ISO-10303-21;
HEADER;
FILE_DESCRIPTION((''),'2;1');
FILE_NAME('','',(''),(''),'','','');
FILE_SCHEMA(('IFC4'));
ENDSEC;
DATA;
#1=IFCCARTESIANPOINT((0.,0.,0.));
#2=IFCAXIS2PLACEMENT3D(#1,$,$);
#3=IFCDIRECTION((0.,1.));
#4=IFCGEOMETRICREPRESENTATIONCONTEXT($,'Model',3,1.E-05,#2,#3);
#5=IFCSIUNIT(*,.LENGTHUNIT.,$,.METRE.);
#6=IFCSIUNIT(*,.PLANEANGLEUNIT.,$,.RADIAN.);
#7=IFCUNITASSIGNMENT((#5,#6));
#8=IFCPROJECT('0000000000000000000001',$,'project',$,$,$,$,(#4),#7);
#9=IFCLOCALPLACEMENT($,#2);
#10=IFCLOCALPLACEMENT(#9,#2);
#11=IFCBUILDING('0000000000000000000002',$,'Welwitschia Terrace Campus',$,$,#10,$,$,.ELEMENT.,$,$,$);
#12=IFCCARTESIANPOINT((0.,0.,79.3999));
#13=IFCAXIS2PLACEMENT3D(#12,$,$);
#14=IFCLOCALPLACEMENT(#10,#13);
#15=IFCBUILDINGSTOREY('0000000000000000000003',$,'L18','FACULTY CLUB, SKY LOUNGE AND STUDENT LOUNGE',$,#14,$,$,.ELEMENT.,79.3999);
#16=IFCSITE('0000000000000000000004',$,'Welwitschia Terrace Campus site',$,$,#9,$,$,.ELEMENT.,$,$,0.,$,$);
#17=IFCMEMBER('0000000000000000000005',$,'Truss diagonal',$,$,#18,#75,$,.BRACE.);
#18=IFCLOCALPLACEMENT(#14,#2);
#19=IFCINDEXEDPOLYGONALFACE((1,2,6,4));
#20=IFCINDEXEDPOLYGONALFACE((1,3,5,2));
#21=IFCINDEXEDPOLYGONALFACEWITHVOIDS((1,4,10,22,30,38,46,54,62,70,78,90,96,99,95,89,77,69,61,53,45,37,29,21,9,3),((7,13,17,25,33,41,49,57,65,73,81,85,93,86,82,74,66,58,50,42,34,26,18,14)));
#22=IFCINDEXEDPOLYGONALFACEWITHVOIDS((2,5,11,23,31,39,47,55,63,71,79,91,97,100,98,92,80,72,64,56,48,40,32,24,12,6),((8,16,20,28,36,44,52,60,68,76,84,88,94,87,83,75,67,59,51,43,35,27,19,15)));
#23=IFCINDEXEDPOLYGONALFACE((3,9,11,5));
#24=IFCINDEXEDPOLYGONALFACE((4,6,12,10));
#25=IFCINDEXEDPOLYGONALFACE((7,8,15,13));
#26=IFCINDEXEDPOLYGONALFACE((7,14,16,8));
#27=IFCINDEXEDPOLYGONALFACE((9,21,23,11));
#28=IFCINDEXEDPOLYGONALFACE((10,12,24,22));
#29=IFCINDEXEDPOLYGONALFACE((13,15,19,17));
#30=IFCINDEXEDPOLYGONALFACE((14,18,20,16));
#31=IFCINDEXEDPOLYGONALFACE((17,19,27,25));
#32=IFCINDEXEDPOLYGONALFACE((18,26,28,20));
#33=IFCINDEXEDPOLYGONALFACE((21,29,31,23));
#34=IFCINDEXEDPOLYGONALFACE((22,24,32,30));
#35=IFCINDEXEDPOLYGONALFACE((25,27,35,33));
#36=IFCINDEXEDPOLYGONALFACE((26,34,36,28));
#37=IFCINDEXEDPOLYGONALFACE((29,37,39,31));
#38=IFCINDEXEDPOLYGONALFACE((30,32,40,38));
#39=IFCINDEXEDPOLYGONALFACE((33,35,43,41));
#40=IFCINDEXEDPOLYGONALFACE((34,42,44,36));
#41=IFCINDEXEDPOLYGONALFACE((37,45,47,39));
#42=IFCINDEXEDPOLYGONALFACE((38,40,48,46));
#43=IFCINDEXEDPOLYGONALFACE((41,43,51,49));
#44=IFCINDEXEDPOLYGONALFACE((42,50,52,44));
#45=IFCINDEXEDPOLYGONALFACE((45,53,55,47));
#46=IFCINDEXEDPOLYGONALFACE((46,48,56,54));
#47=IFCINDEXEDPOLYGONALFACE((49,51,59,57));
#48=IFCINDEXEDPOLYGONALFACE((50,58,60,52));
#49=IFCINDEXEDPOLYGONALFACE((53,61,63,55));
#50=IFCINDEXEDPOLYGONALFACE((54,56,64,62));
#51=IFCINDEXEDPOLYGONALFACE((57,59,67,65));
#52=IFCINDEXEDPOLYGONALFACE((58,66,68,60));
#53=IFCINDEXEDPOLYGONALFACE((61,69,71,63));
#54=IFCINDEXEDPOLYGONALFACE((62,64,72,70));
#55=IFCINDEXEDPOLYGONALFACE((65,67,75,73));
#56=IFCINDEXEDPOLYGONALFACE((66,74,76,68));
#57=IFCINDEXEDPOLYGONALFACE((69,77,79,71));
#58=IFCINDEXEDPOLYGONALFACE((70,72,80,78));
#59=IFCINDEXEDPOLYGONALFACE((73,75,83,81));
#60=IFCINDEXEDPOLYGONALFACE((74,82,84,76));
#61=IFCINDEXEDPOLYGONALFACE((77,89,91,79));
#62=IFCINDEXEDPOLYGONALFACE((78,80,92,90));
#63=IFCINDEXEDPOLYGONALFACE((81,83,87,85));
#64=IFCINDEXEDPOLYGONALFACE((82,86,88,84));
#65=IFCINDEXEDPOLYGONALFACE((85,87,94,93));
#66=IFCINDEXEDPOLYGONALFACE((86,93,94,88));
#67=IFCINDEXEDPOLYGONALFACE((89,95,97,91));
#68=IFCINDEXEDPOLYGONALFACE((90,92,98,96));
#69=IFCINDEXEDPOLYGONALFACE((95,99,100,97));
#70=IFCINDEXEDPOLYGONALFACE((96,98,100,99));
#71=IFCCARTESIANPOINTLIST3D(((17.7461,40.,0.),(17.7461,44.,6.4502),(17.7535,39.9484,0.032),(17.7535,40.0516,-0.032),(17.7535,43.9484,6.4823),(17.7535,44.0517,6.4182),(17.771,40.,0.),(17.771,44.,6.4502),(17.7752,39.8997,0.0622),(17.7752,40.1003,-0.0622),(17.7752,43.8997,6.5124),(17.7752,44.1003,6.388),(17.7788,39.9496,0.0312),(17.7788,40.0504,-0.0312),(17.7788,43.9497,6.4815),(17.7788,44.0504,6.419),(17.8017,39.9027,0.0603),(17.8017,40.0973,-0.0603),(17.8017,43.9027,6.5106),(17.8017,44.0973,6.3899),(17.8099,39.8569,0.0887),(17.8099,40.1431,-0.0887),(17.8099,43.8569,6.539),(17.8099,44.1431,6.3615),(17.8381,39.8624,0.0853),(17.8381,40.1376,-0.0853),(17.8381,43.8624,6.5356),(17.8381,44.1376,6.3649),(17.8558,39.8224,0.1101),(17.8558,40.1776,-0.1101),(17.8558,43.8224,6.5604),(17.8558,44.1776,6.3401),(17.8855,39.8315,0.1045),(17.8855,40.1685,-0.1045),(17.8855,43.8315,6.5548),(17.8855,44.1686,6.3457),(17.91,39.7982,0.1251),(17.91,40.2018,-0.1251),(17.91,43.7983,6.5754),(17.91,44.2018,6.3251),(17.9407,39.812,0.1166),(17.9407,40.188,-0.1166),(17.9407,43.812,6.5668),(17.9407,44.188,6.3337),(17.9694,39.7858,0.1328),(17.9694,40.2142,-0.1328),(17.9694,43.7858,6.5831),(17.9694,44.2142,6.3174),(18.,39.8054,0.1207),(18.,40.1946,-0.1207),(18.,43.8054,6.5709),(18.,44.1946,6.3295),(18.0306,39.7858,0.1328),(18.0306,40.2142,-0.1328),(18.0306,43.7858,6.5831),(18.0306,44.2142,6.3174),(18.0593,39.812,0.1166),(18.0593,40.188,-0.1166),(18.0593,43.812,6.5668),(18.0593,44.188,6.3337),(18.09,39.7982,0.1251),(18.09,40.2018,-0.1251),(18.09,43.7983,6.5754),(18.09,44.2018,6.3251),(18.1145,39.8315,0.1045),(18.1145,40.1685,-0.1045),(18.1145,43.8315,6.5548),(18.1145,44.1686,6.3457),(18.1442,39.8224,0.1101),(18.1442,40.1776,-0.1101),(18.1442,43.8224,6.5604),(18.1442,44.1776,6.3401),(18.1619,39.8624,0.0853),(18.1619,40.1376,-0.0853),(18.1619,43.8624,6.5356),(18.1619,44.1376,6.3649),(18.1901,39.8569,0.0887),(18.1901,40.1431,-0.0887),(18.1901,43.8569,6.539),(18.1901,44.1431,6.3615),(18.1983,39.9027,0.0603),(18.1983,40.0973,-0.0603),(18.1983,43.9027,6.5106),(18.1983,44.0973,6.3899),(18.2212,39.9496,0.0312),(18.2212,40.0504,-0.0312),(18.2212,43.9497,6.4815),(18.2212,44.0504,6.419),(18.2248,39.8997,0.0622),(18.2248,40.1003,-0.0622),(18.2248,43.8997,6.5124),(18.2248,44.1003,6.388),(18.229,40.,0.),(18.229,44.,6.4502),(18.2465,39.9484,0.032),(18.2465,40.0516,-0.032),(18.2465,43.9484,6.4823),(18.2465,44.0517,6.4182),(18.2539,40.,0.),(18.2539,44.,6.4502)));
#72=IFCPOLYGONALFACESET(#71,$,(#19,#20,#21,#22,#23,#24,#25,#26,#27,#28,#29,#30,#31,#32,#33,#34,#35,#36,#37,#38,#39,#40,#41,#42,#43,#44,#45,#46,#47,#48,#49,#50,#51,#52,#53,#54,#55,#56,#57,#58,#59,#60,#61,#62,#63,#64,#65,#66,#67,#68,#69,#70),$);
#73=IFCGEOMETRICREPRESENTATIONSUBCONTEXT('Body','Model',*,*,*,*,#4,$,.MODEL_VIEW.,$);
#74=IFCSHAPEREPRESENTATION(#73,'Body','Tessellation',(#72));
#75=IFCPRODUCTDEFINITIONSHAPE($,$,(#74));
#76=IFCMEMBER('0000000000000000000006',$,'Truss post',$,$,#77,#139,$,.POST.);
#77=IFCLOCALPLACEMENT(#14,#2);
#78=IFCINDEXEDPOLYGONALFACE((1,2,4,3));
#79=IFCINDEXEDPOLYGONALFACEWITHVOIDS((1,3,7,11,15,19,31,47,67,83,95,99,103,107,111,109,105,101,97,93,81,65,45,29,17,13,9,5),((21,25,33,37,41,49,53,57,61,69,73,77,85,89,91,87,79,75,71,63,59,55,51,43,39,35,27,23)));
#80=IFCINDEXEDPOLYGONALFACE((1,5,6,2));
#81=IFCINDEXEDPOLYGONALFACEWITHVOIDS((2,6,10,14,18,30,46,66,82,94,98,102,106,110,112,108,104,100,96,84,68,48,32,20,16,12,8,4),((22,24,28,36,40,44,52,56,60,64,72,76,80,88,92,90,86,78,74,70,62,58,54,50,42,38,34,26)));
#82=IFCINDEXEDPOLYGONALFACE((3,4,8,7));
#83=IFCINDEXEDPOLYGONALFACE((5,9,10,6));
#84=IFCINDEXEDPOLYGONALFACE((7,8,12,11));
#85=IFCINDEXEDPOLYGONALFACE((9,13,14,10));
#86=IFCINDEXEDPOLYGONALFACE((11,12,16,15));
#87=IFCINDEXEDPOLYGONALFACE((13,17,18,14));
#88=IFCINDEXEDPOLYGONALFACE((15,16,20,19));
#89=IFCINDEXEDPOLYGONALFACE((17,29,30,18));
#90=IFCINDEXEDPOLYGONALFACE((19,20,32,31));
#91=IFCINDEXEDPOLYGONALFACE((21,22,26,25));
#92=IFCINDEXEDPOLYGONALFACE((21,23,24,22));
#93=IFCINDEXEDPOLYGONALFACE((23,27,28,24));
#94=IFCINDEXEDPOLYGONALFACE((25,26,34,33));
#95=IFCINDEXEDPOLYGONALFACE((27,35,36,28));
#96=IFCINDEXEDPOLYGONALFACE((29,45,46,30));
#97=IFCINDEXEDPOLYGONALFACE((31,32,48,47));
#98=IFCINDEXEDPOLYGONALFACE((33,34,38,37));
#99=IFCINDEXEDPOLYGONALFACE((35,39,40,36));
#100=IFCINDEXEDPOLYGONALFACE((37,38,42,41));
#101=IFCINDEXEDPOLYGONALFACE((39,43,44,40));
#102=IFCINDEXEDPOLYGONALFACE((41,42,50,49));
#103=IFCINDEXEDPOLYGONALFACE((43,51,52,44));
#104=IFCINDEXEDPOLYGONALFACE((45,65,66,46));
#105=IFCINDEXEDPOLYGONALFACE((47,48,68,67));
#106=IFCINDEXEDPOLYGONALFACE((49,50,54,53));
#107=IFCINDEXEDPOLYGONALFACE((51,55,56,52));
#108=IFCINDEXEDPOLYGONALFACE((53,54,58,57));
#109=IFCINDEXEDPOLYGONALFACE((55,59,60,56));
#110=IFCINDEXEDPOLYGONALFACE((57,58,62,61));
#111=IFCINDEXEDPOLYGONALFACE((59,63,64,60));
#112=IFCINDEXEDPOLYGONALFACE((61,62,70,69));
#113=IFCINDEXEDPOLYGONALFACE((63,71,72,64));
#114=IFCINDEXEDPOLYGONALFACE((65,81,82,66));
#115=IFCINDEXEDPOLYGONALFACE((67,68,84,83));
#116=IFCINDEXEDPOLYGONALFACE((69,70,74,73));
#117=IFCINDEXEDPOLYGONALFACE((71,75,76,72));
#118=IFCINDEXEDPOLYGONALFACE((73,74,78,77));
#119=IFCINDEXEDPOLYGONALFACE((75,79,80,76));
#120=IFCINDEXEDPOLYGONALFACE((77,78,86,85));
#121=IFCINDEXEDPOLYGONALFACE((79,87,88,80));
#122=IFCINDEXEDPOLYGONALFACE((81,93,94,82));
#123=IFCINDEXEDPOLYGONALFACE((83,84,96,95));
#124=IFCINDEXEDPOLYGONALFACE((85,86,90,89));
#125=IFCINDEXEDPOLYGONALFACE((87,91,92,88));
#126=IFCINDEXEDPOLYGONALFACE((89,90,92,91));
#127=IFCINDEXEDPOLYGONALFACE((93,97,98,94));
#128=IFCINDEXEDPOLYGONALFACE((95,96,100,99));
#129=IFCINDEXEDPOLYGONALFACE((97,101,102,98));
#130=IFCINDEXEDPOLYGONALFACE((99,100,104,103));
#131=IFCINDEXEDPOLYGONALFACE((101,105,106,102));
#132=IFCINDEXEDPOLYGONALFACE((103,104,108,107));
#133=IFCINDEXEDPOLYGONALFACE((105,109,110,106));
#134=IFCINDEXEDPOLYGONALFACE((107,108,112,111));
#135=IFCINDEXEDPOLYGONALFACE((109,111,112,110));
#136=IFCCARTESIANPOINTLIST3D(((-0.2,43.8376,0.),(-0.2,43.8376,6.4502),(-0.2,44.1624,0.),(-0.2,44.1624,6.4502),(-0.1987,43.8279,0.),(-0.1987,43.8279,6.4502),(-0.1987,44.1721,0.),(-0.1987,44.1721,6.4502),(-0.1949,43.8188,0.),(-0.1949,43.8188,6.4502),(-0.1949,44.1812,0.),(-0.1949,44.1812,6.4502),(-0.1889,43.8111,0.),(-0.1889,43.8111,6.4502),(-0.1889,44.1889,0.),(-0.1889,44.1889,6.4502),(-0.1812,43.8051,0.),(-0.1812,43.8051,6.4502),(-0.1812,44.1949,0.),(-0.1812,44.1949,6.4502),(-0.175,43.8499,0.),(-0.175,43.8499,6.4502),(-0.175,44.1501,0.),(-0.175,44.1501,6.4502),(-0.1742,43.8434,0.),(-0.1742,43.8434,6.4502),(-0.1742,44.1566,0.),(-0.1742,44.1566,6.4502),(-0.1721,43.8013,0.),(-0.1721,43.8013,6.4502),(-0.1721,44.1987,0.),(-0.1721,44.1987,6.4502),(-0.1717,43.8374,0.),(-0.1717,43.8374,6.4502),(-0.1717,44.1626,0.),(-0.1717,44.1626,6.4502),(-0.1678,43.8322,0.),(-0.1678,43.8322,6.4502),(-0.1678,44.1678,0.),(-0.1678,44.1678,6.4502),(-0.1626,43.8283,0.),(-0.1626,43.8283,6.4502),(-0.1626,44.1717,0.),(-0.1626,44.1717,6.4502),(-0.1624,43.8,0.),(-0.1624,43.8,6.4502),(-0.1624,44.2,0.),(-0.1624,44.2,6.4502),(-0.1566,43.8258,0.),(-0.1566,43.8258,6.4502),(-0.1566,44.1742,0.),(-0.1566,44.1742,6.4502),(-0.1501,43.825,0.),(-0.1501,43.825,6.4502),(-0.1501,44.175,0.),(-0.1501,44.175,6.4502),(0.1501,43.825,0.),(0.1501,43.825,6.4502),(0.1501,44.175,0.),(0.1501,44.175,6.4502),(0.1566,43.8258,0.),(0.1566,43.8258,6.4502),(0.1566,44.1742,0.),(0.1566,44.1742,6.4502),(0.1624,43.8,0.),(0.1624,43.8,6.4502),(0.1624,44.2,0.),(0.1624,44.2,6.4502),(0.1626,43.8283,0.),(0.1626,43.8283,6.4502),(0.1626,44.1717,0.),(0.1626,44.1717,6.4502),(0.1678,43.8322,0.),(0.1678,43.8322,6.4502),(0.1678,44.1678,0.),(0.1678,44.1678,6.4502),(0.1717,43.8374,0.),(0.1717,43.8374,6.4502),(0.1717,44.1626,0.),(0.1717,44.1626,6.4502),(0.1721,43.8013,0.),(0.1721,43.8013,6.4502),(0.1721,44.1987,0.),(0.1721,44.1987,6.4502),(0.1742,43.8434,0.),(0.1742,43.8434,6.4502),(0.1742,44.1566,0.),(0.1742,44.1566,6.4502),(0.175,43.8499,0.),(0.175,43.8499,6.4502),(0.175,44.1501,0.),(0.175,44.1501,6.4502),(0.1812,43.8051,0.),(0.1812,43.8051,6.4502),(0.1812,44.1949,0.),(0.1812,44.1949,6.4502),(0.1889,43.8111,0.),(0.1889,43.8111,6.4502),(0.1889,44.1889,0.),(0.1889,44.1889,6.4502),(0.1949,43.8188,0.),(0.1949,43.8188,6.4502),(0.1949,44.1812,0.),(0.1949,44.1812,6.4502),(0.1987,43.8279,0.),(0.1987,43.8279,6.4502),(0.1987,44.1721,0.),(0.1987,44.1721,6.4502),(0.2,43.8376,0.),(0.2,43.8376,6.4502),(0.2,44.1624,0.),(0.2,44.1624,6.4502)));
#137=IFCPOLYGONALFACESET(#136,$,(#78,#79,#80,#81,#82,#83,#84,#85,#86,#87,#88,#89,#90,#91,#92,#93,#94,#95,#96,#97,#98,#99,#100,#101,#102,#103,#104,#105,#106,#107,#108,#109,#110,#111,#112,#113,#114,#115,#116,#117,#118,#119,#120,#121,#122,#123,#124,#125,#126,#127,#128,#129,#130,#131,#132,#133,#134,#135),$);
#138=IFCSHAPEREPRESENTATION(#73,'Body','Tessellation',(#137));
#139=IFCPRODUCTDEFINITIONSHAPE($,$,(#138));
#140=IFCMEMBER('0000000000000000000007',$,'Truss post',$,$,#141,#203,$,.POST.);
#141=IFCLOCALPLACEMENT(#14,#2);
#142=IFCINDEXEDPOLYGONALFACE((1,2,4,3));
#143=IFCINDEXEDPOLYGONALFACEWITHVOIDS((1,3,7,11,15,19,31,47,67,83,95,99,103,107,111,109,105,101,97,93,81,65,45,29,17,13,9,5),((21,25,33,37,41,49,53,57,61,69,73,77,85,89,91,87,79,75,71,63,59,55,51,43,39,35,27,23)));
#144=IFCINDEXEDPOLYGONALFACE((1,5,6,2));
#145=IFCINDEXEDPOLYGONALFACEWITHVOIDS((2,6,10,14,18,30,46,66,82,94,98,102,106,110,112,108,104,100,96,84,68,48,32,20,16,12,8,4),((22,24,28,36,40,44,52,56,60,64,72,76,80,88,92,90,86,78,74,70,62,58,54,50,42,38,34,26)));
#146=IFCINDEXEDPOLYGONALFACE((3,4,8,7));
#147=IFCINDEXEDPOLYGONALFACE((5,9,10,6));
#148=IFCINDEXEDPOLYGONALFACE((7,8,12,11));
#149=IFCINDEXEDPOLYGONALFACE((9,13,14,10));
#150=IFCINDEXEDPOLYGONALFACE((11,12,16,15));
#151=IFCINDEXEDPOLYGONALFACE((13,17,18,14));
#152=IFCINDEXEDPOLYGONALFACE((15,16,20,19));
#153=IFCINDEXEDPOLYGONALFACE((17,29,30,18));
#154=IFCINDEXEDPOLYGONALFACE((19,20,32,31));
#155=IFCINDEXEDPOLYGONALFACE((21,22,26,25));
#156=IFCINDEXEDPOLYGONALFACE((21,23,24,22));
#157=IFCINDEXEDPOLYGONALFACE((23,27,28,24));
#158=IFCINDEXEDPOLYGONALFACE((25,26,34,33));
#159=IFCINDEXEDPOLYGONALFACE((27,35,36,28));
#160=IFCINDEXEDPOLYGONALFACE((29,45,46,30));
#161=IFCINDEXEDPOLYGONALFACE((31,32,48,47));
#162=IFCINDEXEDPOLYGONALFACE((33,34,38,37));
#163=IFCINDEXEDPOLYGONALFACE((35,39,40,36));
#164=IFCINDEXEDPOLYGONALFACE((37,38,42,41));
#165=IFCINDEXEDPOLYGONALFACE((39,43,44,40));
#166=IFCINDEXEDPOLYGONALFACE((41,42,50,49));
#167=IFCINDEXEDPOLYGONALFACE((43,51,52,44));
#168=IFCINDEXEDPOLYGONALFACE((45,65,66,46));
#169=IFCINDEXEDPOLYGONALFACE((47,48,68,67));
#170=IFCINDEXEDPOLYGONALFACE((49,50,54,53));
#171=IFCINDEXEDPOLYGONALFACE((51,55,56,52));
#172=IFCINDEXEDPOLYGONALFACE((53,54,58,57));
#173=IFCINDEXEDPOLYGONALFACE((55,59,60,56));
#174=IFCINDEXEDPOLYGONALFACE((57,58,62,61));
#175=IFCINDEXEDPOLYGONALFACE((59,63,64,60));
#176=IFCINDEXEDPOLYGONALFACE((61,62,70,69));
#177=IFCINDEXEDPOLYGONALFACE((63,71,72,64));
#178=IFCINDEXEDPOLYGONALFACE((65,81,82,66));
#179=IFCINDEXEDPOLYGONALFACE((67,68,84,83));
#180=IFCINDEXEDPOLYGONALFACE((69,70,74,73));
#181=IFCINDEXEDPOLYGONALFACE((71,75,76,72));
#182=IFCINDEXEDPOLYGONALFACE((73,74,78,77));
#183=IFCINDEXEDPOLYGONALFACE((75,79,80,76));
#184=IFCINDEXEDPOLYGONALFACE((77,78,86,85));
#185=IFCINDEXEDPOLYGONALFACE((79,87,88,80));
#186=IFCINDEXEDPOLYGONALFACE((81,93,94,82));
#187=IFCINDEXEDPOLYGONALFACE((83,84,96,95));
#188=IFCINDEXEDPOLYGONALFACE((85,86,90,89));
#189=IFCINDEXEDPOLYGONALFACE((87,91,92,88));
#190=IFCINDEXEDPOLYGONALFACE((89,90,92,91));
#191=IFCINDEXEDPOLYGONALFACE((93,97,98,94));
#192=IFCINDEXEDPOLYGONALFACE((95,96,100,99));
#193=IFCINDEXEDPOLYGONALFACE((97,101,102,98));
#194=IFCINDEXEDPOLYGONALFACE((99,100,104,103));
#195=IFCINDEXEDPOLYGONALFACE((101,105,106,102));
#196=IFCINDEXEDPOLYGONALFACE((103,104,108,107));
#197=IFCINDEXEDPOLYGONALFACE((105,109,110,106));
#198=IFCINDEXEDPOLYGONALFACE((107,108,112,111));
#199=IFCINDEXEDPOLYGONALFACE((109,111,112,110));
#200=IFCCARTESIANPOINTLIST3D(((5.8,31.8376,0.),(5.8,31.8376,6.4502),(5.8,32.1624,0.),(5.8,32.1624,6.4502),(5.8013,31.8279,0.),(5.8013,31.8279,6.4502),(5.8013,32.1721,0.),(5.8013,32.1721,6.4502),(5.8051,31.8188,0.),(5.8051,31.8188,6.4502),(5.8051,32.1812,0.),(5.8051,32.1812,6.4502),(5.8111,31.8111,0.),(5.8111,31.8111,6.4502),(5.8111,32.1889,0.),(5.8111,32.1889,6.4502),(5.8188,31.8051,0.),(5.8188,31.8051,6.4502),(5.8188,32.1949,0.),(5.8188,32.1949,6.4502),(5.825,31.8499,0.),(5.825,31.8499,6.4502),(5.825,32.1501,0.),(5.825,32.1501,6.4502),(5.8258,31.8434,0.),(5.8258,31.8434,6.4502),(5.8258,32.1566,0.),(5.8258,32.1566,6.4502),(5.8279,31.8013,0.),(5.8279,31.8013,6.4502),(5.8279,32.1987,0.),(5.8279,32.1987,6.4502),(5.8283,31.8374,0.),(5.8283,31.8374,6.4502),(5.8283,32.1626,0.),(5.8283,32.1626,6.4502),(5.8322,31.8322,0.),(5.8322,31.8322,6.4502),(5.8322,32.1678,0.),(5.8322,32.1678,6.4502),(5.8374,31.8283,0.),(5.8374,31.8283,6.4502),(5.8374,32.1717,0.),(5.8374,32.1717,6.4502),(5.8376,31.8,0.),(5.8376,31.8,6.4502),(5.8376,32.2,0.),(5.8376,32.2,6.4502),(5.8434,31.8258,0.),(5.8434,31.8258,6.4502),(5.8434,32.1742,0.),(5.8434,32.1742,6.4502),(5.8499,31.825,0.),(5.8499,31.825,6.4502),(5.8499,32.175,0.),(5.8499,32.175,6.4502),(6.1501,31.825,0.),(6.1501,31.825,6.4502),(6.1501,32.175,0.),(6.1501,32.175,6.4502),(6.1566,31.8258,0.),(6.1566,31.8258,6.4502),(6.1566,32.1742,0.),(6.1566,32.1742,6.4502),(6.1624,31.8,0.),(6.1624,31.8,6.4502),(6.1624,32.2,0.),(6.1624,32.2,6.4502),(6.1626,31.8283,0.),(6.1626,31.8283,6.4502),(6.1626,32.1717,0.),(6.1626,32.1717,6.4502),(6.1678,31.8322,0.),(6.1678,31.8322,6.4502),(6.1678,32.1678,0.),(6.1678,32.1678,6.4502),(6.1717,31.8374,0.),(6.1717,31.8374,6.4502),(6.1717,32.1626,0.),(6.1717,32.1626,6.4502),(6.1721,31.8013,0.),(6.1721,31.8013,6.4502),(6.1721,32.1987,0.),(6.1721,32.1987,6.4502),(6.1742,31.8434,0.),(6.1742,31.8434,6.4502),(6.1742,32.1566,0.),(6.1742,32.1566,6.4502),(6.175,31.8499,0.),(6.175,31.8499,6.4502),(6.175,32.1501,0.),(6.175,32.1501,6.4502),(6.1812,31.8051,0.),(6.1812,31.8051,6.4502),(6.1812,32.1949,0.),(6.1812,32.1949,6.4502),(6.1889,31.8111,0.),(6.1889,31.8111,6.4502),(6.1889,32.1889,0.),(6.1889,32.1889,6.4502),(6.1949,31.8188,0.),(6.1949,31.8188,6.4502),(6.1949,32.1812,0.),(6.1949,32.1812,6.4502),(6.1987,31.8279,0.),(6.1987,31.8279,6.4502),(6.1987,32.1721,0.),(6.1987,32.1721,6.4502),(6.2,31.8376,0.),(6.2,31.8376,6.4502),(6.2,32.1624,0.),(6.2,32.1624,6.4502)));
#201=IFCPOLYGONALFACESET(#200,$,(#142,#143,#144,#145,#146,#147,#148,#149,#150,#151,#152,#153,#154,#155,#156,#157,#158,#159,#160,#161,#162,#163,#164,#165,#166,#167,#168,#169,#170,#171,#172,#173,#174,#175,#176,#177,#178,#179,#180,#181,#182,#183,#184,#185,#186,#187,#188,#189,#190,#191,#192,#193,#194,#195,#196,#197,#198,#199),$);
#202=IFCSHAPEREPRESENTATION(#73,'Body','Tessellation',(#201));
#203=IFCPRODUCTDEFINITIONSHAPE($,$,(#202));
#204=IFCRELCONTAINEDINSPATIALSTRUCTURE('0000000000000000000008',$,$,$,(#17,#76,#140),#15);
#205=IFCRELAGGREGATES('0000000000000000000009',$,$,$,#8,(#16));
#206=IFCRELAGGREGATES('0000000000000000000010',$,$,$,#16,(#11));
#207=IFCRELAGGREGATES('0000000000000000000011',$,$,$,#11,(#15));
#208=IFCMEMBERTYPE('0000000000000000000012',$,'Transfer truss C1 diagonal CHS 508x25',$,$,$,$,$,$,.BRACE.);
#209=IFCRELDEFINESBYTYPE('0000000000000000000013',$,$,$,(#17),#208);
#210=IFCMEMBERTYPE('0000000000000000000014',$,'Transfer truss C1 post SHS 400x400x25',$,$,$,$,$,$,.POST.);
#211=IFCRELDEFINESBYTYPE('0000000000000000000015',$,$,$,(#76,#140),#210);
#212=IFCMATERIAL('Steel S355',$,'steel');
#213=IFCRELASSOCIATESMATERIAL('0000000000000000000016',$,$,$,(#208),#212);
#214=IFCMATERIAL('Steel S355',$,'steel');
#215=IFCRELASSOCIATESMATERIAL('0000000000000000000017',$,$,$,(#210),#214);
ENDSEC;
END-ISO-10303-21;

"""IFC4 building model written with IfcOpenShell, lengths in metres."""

from ifc_helpers import new_model, si_unit, direction, frame, origin, origin_2d, place, context, subcontext, project, spatial, hollow_rectangle, hollow_circle, extrude, material, material_profile, profile_set, type_object, element, save


model = new_model("IFC4")

# Units and contexts
model_context = context("Model", 3, precision=1e-05, world=origin(), true_north=direction((0.0, 1.0)))
body_context = subcontext(model_context, "Body", "Model", "MODEL_VIEW")
ifc_project = project(units=[si_unit("LENGTHUNIT", "METRE"), si_unit("PLANEANGLEUNIT", "RADIAN")], contexts=[model_context])

# Site, building, storey
site_placement = place(None, origin())
site = spatial("IfcSite", under=ifc_project, at=site_placement, Name="Welwitschia Terrace Campus site", CompositionType="ELEMENT", RefElevation=0.0)
building_placement = place(site_placement, origin())
building = spatial("IfcBuilding", under=site, at=building_placement, Name="Welwitschia Terrace Campus", CompositionType="ELEMENT")
storey_placement = place(building_placement, frame((0.0, 0.0, 79.3999)))
storey = spatial("IfcBuildingStorey", under=building, at=storey_placement, Name="L18", Description="FACULTY CLUB, SKY LOUNGE AND STUDENT LOUNGE", CompositionType="ELEMENT", Elevation=79.3999)

# Members
ifc_material_1 = material(Name="Steel S355", Category="steel")
ifc_material_profile_1 = material_profile(ifc_material_1, hollow_circle(Radius=0.2539, WallThickness=0.0249, at=origin_2d()))
ifc_profile_set_1 = profile_set([ifc_material_profile_1], Name="Steel S355")
member_type_1 = type_object("IfcMemberType", Name="Transfer truss C1 diagonal CHS 508x25", PredefinedType="BRACE", material=ifc_profile_set_1)
for number, where, z_axis, x_axis, name in (
    (1, (18.0, 40.0, 0.0), (0.0, 0.527023, 0.849851), (-1.0, 0.0, 0.0), "Truss diagonal"),
):
    element("IfcMember", number, at=place(storey_placement, frame(where, z_axis=z_axis, x_axis=x_axis)), inside=storey, type_object=member_type_1, Name=name, PredefinedType="BRACE", context=body_context, shape_type="SweptSolid", body=[
        extrude(hollow_circle(Radius=0.2539, WallThickness=0.0249, at=origin_2d()), origin(), (0.0, 0.0, 1.0), 7.5898),
    ])
ifc_material_2 = material(Name="Steel S355", Category="steel")
ifc_material_profile_2 = material_profile(ifc_material_2, hollow_rectangle(XDim=0.3999, YDim=0.3999, WallThickness=0.0249, InnerFilletRadius=0.0249, OuterFilletRadius=0.0376, at=origin_2d()))
ifc_profile_set_2 = profile_set([ifc_material_profile_2], Name="Steel S355")
member_type_2 = type_object("IfcMemberType", Name="Transfer truss C1 post SHS 400x400x25", PredefinedType="POST", material=ifc_profile_set_2)
for number, where, z_axis, x_axis, name in (
    (2, (0.0, 44.0, 0.0), (0.0, 0.0, 1.0), (1.0, 0.0, 0.0), "Truss post"),
    (3, (6.0, 32.0, 0.0), (0.0, 0.0, 1.0), (1.0, 0.0, 0.0), "Truss post"),
):
    element("IfcMember", number, at=place(storey_placement, frame(where, z_axis=z_axis, x_axis=x_axis)), inside=storey, type_object=member_type_2, Name=name, PredefinedType="POST", context=body_context, shape_type="SweptSolid", body=[
        extrude(hollow_rectangle(XDim=0.3999, YDim=0.3999, WallThickness=0.0249, InnerFilletRadius=0.0249, OuterFilletRadius=0.0376, at=origin_2d()), origin(), (0.0, 0.0, 1.0), 6.4502),
    ])

save(model, "model.ifc")
